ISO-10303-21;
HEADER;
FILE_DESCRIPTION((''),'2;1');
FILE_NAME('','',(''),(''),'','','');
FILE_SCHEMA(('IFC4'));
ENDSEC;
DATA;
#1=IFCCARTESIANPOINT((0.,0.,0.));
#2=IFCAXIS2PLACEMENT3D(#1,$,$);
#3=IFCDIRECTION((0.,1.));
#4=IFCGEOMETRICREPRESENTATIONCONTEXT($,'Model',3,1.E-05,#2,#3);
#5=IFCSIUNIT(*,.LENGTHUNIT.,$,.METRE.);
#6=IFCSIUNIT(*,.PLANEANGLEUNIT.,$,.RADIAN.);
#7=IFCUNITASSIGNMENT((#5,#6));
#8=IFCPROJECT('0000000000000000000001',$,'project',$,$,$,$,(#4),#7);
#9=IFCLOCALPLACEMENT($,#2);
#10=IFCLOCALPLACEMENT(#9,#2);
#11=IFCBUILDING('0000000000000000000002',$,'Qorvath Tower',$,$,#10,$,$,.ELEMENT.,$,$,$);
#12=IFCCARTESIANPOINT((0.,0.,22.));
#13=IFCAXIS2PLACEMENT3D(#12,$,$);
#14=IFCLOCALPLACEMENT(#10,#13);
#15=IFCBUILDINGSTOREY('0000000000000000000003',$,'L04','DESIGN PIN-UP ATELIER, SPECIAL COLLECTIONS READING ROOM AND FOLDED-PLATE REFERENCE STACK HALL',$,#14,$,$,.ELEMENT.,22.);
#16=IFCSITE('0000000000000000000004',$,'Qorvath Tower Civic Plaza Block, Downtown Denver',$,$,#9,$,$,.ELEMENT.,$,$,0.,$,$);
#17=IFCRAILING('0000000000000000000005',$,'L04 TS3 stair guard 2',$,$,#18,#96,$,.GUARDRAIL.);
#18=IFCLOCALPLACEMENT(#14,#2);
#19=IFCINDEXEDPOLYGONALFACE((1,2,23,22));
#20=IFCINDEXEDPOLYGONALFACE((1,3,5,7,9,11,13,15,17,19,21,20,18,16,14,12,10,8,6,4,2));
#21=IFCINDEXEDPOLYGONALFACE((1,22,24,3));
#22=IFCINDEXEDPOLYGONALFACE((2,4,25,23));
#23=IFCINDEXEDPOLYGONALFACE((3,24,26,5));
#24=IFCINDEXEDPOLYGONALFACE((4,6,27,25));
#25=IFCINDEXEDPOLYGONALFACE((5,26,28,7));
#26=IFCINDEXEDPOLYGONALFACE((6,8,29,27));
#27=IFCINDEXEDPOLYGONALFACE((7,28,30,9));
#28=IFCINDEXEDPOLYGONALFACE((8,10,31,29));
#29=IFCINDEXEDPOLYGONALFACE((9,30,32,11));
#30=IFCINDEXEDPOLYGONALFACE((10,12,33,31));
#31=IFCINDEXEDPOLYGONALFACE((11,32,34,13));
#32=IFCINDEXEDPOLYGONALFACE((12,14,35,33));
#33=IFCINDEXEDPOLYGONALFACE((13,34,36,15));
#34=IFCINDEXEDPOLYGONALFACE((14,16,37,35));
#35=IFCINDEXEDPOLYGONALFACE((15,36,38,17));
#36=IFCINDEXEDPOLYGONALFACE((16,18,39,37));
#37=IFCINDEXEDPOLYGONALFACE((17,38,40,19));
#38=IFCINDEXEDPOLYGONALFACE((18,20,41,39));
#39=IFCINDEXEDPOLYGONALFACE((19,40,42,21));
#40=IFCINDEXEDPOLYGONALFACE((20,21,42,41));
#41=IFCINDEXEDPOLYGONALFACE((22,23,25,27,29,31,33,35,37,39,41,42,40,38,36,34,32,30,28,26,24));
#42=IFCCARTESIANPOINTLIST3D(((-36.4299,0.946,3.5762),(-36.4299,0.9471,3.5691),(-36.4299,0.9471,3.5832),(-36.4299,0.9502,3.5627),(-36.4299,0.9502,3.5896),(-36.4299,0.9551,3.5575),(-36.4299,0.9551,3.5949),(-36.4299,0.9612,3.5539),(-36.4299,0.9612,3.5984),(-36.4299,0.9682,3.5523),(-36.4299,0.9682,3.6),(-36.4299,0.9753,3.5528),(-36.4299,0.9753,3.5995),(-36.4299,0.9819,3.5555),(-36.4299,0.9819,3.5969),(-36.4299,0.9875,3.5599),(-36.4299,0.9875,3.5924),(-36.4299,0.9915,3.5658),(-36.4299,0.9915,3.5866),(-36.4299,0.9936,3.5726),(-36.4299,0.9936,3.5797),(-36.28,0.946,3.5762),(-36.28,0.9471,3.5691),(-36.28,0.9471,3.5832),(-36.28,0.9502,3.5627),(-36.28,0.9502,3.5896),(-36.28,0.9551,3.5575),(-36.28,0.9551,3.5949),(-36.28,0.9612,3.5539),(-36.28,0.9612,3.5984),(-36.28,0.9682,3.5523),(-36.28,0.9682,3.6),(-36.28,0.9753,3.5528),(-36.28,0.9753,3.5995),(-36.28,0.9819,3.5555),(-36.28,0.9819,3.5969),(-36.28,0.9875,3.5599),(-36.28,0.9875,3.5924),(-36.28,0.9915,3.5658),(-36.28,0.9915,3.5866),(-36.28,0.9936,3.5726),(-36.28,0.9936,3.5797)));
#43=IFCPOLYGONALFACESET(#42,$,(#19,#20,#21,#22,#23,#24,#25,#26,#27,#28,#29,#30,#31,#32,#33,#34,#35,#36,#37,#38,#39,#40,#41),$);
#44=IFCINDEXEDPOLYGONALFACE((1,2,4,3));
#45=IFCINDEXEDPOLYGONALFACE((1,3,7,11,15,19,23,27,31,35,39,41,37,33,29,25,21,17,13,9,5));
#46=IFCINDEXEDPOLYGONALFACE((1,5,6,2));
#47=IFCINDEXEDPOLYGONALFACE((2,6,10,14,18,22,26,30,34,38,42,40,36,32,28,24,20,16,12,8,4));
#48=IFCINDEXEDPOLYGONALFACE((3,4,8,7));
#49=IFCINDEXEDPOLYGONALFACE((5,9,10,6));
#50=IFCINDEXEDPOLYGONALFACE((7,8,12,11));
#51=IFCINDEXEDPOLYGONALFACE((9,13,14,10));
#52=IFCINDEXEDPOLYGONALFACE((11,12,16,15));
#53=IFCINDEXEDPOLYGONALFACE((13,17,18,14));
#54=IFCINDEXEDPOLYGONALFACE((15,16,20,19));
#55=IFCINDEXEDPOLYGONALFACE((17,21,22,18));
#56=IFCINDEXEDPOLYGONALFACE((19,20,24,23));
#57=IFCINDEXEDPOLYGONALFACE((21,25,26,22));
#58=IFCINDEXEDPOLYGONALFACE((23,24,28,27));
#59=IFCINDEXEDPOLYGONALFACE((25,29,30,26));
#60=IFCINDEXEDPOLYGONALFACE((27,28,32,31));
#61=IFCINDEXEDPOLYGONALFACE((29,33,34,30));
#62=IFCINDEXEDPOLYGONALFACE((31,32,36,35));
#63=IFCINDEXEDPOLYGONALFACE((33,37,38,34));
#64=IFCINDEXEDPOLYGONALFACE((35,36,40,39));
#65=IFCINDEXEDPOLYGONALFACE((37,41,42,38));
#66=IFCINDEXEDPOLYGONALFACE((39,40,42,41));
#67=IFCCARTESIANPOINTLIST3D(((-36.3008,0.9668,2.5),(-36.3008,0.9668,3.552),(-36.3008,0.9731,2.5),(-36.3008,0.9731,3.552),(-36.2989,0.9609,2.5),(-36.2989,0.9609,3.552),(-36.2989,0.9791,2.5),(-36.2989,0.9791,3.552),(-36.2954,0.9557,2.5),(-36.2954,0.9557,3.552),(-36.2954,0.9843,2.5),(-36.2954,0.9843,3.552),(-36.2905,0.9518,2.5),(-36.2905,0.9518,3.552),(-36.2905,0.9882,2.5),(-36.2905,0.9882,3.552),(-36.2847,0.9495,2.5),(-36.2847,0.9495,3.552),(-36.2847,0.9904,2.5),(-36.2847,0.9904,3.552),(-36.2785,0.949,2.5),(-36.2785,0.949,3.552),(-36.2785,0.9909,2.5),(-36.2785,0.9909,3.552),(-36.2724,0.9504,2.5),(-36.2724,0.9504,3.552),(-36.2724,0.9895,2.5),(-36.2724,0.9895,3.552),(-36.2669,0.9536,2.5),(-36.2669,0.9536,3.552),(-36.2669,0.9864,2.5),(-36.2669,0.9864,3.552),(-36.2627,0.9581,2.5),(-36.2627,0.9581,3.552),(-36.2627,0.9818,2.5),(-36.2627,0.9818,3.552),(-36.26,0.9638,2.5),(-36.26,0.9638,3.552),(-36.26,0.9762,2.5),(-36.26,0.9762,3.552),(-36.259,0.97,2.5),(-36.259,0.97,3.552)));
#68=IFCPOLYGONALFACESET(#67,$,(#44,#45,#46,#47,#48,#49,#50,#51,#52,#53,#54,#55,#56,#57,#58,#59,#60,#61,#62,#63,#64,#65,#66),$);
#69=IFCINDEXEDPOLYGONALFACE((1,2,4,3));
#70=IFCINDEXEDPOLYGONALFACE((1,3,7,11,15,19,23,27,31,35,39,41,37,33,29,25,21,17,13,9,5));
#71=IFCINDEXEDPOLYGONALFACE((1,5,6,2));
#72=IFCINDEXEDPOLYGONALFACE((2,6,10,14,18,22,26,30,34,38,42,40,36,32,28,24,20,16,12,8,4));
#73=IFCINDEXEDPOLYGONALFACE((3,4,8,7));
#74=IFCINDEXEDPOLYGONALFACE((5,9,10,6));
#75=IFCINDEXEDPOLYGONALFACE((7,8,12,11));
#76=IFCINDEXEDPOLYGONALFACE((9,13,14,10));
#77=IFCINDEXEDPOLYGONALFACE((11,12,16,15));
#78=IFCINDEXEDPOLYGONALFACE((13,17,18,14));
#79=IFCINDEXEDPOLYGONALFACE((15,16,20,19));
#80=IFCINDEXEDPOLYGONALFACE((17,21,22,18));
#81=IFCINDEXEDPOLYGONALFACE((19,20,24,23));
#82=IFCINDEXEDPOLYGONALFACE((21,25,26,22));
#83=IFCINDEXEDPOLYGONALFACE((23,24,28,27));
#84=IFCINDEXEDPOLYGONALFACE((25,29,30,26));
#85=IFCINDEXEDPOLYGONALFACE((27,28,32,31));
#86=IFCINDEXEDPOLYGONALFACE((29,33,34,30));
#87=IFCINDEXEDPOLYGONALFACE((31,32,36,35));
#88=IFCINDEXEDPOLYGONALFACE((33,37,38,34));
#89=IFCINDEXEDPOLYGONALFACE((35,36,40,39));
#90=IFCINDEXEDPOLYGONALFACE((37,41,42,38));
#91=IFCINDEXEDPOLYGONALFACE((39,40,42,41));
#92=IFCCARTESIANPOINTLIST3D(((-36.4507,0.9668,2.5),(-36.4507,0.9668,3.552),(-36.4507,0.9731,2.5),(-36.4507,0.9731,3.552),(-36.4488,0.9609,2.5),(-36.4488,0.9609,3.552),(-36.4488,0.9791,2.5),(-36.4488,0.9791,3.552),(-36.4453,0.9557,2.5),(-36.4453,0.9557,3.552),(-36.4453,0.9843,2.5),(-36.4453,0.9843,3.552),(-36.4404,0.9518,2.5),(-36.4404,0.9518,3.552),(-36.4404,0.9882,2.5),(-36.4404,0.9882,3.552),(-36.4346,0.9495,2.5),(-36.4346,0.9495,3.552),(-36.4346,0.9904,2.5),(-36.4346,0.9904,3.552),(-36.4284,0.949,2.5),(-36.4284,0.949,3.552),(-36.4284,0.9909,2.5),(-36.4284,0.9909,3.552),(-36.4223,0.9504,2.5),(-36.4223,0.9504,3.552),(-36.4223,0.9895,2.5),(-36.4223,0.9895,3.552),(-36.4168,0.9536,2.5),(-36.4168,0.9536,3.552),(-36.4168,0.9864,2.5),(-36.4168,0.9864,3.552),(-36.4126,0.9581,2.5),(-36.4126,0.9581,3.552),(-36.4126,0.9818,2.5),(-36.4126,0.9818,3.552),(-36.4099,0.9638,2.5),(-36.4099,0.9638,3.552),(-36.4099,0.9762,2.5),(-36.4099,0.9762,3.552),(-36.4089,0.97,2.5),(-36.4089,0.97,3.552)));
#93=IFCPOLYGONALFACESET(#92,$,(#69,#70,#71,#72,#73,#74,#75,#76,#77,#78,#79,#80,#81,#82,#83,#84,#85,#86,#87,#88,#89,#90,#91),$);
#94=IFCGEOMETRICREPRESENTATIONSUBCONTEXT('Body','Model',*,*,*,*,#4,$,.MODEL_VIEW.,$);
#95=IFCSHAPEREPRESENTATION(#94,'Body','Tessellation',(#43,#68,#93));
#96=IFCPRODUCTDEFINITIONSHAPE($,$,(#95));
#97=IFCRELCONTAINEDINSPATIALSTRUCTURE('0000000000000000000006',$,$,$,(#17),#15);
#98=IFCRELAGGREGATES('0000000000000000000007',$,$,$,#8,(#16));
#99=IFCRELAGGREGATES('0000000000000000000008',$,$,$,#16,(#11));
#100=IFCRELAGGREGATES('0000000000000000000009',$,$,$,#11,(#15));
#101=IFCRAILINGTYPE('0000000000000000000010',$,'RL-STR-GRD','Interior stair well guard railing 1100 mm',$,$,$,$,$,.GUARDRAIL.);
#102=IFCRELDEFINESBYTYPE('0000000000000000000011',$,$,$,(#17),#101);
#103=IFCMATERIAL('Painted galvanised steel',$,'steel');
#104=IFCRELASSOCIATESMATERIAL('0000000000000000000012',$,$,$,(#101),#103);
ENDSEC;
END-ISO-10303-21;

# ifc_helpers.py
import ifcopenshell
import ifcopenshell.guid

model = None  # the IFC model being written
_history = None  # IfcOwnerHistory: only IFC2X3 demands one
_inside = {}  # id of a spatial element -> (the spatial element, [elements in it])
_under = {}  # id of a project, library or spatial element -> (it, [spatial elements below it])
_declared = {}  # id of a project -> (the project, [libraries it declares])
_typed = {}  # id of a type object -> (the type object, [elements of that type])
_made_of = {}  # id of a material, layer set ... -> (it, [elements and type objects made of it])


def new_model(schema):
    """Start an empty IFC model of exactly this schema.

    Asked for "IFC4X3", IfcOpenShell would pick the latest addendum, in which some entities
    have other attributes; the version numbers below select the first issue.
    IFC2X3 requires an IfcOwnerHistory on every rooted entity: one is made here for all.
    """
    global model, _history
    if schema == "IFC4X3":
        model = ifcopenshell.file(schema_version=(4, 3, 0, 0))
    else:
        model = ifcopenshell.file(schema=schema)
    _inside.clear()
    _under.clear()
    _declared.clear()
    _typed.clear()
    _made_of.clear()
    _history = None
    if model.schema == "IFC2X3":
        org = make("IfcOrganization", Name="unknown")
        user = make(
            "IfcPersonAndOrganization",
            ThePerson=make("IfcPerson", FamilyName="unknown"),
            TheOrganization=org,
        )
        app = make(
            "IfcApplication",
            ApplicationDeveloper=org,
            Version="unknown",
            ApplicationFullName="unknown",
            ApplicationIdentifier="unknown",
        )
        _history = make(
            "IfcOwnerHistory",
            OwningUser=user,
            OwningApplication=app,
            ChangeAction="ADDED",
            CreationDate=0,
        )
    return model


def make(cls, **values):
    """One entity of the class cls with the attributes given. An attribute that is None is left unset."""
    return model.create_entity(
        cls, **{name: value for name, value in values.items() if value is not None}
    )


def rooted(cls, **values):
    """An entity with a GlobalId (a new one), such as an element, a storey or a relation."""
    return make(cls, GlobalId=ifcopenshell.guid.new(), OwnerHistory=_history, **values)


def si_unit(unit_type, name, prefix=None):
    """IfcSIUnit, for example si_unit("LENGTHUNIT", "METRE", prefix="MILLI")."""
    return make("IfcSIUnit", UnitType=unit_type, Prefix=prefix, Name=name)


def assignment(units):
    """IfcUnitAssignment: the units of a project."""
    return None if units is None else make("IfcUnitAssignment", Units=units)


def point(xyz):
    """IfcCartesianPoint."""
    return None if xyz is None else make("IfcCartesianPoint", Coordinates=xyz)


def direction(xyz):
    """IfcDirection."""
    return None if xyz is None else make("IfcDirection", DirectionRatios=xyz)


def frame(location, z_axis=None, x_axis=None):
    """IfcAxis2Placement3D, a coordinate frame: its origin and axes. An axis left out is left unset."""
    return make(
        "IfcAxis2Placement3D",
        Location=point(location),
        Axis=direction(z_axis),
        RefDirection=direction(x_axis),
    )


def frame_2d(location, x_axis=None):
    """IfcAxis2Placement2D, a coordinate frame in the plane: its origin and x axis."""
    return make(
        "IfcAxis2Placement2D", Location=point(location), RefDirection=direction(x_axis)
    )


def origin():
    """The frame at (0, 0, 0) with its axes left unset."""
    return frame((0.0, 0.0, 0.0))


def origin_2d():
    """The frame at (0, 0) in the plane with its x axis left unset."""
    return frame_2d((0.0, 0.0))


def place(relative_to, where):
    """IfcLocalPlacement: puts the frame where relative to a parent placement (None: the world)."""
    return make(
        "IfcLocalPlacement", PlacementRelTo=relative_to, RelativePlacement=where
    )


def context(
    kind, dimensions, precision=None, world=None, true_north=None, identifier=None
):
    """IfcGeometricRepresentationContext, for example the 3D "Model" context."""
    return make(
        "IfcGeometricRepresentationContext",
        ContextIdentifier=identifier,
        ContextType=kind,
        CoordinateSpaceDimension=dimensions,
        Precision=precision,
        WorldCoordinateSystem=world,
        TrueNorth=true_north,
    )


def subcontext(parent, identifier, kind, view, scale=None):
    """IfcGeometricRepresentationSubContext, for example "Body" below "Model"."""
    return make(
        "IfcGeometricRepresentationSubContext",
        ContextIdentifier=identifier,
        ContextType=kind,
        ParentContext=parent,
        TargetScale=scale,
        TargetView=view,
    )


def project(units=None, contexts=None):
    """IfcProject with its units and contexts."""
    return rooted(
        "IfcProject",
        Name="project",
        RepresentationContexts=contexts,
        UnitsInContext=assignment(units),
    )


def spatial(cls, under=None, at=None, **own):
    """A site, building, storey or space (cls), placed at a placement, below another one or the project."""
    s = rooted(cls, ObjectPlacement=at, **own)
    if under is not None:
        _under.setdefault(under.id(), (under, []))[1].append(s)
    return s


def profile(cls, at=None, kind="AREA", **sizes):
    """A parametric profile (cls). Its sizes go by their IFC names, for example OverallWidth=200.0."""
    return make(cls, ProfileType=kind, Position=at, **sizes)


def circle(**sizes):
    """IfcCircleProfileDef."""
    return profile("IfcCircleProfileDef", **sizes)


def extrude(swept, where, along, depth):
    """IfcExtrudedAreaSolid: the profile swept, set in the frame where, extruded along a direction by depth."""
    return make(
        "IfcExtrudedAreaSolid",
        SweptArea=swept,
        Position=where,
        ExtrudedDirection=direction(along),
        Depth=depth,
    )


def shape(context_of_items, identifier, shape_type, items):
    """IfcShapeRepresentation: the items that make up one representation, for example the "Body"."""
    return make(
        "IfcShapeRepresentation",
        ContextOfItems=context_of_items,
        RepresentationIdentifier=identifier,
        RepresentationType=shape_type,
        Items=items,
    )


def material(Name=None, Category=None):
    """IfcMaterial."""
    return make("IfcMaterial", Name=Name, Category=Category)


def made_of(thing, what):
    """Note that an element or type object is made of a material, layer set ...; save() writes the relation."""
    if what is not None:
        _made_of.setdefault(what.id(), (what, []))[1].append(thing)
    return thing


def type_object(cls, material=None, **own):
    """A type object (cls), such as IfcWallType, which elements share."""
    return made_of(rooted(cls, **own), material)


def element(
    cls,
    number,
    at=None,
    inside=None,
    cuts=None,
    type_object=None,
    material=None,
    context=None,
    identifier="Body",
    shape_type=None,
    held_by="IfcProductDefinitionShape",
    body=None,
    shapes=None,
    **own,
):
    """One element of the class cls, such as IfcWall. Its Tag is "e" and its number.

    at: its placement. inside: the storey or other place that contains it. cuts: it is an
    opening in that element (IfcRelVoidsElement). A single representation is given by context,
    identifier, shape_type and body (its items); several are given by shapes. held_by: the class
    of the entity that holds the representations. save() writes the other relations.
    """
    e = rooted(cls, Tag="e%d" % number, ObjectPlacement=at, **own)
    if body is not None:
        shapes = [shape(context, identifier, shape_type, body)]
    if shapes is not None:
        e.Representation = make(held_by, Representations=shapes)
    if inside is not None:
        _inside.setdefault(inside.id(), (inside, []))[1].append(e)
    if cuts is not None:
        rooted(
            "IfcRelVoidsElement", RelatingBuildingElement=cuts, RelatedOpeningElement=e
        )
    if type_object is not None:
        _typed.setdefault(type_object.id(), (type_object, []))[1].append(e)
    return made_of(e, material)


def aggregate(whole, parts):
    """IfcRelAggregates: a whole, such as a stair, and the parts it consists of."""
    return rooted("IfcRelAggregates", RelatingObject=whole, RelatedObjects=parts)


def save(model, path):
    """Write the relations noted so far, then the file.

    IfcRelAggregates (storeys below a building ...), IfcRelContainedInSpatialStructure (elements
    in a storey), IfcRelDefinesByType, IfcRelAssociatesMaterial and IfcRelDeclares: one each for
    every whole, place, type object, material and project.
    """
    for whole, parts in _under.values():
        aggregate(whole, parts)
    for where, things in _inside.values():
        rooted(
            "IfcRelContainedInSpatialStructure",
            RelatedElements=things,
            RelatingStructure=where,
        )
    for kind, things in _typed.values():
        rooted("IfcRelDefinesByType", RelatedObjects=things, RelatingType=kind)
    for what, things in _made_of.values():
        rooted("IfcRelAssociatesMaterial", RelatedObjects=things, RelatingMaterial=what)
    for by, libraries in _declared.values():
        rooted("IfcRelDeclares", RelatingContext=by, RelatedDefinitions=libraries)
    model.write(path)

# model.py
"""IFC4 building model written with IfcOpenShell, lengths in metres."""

from ifc_helpers import new_model, si_unit, direction, frame, origin, origin_2d, place, context, subcontext, project, spatial, circle, extrude, material, type_object, element, save


model = new_model("IFC4")

# Units and contexts
model_context = context("Model", 3, precision=1e-05, world=origin(), true_north=direction((0.0, 1.0)))
body_context = subcontext(model_context, "Body", "Model", "MODEL_VIEW")
ifc_project = project(units=[si_unit("LENGTHUNIT", "METRE"), si_unit("PLANEANGLEUNIT", "RADIAN")], contexts=[model_context])

# Site, building, storey
site_placement = place(None, origin())
site = spatial("IfcSite", under=ifc_project, at=site_placement, Name="Qorvath Tower Civic Plaza Block, Downtown Denver", CompositionType="ELEMENT", RefElevation=0.0)
building_placement = place(site_placement, origin())
building = spatial("IfcBuilding", under=site, at=building_placement, Name="Qorvath Tower", CompositionType="ELEMENT")
storey_placement = place(building_placement, frame((0.0, 0.0, 22.0)))
storey = spatial("IfcBuildingStorey", under=building, at=storey_placement, Name="L04", Description="DESIGN PIN-UP ATELIER, SPECIAL COLLECTIONS READING ROOM AND FOLDED-PLATE REFERENCE STACK HALL", CompositionType="ELEMENT", Elevation=22.0)

# Railing
ifc_material_1 = material(Name="Painted galvanised steel", Category="steel")
railing_type_1 = type_object("IfcRailingType", Name="RL-STR-GRD", Description="Interior stair well guard railing 1100 mm", PredefinedType="GUARDRAIL", material=ifc_material_1)
railing_1_placement = place(storey_placement, frame((-36.28, 0.97, 2.5)))
element("IfcRailing", 1, at=railing_1_placement, inside=storey, type_object=railing_type_1, Name="L04 TS3 stair guard 2", PredefinedType="GUARDRAIL", context=body_context, shape_type="SweptSolid", body=[
    extrude(circle(Radius=0.0239, at=origin_2d()), frame((0.0, 0.0, 1.0762), z_axis=(-1.0, 0.0, 0.0), x_axis=(0.0, -1.0, 0.0)), (0.0, 0.0, 1.0), 0.1499),
    extrude(circle(Radius=0.021, at=origin_2d()), origin(), (0.0, 0.0, 1.0), 1.052),
    extrude(circle(Radius=0.021, at=origin_2d()), frame((-0.1499, 0.0, 0.0)), (0.0, 0.0, 1.0), 1.052),
])

save(model, "model.ifc")
